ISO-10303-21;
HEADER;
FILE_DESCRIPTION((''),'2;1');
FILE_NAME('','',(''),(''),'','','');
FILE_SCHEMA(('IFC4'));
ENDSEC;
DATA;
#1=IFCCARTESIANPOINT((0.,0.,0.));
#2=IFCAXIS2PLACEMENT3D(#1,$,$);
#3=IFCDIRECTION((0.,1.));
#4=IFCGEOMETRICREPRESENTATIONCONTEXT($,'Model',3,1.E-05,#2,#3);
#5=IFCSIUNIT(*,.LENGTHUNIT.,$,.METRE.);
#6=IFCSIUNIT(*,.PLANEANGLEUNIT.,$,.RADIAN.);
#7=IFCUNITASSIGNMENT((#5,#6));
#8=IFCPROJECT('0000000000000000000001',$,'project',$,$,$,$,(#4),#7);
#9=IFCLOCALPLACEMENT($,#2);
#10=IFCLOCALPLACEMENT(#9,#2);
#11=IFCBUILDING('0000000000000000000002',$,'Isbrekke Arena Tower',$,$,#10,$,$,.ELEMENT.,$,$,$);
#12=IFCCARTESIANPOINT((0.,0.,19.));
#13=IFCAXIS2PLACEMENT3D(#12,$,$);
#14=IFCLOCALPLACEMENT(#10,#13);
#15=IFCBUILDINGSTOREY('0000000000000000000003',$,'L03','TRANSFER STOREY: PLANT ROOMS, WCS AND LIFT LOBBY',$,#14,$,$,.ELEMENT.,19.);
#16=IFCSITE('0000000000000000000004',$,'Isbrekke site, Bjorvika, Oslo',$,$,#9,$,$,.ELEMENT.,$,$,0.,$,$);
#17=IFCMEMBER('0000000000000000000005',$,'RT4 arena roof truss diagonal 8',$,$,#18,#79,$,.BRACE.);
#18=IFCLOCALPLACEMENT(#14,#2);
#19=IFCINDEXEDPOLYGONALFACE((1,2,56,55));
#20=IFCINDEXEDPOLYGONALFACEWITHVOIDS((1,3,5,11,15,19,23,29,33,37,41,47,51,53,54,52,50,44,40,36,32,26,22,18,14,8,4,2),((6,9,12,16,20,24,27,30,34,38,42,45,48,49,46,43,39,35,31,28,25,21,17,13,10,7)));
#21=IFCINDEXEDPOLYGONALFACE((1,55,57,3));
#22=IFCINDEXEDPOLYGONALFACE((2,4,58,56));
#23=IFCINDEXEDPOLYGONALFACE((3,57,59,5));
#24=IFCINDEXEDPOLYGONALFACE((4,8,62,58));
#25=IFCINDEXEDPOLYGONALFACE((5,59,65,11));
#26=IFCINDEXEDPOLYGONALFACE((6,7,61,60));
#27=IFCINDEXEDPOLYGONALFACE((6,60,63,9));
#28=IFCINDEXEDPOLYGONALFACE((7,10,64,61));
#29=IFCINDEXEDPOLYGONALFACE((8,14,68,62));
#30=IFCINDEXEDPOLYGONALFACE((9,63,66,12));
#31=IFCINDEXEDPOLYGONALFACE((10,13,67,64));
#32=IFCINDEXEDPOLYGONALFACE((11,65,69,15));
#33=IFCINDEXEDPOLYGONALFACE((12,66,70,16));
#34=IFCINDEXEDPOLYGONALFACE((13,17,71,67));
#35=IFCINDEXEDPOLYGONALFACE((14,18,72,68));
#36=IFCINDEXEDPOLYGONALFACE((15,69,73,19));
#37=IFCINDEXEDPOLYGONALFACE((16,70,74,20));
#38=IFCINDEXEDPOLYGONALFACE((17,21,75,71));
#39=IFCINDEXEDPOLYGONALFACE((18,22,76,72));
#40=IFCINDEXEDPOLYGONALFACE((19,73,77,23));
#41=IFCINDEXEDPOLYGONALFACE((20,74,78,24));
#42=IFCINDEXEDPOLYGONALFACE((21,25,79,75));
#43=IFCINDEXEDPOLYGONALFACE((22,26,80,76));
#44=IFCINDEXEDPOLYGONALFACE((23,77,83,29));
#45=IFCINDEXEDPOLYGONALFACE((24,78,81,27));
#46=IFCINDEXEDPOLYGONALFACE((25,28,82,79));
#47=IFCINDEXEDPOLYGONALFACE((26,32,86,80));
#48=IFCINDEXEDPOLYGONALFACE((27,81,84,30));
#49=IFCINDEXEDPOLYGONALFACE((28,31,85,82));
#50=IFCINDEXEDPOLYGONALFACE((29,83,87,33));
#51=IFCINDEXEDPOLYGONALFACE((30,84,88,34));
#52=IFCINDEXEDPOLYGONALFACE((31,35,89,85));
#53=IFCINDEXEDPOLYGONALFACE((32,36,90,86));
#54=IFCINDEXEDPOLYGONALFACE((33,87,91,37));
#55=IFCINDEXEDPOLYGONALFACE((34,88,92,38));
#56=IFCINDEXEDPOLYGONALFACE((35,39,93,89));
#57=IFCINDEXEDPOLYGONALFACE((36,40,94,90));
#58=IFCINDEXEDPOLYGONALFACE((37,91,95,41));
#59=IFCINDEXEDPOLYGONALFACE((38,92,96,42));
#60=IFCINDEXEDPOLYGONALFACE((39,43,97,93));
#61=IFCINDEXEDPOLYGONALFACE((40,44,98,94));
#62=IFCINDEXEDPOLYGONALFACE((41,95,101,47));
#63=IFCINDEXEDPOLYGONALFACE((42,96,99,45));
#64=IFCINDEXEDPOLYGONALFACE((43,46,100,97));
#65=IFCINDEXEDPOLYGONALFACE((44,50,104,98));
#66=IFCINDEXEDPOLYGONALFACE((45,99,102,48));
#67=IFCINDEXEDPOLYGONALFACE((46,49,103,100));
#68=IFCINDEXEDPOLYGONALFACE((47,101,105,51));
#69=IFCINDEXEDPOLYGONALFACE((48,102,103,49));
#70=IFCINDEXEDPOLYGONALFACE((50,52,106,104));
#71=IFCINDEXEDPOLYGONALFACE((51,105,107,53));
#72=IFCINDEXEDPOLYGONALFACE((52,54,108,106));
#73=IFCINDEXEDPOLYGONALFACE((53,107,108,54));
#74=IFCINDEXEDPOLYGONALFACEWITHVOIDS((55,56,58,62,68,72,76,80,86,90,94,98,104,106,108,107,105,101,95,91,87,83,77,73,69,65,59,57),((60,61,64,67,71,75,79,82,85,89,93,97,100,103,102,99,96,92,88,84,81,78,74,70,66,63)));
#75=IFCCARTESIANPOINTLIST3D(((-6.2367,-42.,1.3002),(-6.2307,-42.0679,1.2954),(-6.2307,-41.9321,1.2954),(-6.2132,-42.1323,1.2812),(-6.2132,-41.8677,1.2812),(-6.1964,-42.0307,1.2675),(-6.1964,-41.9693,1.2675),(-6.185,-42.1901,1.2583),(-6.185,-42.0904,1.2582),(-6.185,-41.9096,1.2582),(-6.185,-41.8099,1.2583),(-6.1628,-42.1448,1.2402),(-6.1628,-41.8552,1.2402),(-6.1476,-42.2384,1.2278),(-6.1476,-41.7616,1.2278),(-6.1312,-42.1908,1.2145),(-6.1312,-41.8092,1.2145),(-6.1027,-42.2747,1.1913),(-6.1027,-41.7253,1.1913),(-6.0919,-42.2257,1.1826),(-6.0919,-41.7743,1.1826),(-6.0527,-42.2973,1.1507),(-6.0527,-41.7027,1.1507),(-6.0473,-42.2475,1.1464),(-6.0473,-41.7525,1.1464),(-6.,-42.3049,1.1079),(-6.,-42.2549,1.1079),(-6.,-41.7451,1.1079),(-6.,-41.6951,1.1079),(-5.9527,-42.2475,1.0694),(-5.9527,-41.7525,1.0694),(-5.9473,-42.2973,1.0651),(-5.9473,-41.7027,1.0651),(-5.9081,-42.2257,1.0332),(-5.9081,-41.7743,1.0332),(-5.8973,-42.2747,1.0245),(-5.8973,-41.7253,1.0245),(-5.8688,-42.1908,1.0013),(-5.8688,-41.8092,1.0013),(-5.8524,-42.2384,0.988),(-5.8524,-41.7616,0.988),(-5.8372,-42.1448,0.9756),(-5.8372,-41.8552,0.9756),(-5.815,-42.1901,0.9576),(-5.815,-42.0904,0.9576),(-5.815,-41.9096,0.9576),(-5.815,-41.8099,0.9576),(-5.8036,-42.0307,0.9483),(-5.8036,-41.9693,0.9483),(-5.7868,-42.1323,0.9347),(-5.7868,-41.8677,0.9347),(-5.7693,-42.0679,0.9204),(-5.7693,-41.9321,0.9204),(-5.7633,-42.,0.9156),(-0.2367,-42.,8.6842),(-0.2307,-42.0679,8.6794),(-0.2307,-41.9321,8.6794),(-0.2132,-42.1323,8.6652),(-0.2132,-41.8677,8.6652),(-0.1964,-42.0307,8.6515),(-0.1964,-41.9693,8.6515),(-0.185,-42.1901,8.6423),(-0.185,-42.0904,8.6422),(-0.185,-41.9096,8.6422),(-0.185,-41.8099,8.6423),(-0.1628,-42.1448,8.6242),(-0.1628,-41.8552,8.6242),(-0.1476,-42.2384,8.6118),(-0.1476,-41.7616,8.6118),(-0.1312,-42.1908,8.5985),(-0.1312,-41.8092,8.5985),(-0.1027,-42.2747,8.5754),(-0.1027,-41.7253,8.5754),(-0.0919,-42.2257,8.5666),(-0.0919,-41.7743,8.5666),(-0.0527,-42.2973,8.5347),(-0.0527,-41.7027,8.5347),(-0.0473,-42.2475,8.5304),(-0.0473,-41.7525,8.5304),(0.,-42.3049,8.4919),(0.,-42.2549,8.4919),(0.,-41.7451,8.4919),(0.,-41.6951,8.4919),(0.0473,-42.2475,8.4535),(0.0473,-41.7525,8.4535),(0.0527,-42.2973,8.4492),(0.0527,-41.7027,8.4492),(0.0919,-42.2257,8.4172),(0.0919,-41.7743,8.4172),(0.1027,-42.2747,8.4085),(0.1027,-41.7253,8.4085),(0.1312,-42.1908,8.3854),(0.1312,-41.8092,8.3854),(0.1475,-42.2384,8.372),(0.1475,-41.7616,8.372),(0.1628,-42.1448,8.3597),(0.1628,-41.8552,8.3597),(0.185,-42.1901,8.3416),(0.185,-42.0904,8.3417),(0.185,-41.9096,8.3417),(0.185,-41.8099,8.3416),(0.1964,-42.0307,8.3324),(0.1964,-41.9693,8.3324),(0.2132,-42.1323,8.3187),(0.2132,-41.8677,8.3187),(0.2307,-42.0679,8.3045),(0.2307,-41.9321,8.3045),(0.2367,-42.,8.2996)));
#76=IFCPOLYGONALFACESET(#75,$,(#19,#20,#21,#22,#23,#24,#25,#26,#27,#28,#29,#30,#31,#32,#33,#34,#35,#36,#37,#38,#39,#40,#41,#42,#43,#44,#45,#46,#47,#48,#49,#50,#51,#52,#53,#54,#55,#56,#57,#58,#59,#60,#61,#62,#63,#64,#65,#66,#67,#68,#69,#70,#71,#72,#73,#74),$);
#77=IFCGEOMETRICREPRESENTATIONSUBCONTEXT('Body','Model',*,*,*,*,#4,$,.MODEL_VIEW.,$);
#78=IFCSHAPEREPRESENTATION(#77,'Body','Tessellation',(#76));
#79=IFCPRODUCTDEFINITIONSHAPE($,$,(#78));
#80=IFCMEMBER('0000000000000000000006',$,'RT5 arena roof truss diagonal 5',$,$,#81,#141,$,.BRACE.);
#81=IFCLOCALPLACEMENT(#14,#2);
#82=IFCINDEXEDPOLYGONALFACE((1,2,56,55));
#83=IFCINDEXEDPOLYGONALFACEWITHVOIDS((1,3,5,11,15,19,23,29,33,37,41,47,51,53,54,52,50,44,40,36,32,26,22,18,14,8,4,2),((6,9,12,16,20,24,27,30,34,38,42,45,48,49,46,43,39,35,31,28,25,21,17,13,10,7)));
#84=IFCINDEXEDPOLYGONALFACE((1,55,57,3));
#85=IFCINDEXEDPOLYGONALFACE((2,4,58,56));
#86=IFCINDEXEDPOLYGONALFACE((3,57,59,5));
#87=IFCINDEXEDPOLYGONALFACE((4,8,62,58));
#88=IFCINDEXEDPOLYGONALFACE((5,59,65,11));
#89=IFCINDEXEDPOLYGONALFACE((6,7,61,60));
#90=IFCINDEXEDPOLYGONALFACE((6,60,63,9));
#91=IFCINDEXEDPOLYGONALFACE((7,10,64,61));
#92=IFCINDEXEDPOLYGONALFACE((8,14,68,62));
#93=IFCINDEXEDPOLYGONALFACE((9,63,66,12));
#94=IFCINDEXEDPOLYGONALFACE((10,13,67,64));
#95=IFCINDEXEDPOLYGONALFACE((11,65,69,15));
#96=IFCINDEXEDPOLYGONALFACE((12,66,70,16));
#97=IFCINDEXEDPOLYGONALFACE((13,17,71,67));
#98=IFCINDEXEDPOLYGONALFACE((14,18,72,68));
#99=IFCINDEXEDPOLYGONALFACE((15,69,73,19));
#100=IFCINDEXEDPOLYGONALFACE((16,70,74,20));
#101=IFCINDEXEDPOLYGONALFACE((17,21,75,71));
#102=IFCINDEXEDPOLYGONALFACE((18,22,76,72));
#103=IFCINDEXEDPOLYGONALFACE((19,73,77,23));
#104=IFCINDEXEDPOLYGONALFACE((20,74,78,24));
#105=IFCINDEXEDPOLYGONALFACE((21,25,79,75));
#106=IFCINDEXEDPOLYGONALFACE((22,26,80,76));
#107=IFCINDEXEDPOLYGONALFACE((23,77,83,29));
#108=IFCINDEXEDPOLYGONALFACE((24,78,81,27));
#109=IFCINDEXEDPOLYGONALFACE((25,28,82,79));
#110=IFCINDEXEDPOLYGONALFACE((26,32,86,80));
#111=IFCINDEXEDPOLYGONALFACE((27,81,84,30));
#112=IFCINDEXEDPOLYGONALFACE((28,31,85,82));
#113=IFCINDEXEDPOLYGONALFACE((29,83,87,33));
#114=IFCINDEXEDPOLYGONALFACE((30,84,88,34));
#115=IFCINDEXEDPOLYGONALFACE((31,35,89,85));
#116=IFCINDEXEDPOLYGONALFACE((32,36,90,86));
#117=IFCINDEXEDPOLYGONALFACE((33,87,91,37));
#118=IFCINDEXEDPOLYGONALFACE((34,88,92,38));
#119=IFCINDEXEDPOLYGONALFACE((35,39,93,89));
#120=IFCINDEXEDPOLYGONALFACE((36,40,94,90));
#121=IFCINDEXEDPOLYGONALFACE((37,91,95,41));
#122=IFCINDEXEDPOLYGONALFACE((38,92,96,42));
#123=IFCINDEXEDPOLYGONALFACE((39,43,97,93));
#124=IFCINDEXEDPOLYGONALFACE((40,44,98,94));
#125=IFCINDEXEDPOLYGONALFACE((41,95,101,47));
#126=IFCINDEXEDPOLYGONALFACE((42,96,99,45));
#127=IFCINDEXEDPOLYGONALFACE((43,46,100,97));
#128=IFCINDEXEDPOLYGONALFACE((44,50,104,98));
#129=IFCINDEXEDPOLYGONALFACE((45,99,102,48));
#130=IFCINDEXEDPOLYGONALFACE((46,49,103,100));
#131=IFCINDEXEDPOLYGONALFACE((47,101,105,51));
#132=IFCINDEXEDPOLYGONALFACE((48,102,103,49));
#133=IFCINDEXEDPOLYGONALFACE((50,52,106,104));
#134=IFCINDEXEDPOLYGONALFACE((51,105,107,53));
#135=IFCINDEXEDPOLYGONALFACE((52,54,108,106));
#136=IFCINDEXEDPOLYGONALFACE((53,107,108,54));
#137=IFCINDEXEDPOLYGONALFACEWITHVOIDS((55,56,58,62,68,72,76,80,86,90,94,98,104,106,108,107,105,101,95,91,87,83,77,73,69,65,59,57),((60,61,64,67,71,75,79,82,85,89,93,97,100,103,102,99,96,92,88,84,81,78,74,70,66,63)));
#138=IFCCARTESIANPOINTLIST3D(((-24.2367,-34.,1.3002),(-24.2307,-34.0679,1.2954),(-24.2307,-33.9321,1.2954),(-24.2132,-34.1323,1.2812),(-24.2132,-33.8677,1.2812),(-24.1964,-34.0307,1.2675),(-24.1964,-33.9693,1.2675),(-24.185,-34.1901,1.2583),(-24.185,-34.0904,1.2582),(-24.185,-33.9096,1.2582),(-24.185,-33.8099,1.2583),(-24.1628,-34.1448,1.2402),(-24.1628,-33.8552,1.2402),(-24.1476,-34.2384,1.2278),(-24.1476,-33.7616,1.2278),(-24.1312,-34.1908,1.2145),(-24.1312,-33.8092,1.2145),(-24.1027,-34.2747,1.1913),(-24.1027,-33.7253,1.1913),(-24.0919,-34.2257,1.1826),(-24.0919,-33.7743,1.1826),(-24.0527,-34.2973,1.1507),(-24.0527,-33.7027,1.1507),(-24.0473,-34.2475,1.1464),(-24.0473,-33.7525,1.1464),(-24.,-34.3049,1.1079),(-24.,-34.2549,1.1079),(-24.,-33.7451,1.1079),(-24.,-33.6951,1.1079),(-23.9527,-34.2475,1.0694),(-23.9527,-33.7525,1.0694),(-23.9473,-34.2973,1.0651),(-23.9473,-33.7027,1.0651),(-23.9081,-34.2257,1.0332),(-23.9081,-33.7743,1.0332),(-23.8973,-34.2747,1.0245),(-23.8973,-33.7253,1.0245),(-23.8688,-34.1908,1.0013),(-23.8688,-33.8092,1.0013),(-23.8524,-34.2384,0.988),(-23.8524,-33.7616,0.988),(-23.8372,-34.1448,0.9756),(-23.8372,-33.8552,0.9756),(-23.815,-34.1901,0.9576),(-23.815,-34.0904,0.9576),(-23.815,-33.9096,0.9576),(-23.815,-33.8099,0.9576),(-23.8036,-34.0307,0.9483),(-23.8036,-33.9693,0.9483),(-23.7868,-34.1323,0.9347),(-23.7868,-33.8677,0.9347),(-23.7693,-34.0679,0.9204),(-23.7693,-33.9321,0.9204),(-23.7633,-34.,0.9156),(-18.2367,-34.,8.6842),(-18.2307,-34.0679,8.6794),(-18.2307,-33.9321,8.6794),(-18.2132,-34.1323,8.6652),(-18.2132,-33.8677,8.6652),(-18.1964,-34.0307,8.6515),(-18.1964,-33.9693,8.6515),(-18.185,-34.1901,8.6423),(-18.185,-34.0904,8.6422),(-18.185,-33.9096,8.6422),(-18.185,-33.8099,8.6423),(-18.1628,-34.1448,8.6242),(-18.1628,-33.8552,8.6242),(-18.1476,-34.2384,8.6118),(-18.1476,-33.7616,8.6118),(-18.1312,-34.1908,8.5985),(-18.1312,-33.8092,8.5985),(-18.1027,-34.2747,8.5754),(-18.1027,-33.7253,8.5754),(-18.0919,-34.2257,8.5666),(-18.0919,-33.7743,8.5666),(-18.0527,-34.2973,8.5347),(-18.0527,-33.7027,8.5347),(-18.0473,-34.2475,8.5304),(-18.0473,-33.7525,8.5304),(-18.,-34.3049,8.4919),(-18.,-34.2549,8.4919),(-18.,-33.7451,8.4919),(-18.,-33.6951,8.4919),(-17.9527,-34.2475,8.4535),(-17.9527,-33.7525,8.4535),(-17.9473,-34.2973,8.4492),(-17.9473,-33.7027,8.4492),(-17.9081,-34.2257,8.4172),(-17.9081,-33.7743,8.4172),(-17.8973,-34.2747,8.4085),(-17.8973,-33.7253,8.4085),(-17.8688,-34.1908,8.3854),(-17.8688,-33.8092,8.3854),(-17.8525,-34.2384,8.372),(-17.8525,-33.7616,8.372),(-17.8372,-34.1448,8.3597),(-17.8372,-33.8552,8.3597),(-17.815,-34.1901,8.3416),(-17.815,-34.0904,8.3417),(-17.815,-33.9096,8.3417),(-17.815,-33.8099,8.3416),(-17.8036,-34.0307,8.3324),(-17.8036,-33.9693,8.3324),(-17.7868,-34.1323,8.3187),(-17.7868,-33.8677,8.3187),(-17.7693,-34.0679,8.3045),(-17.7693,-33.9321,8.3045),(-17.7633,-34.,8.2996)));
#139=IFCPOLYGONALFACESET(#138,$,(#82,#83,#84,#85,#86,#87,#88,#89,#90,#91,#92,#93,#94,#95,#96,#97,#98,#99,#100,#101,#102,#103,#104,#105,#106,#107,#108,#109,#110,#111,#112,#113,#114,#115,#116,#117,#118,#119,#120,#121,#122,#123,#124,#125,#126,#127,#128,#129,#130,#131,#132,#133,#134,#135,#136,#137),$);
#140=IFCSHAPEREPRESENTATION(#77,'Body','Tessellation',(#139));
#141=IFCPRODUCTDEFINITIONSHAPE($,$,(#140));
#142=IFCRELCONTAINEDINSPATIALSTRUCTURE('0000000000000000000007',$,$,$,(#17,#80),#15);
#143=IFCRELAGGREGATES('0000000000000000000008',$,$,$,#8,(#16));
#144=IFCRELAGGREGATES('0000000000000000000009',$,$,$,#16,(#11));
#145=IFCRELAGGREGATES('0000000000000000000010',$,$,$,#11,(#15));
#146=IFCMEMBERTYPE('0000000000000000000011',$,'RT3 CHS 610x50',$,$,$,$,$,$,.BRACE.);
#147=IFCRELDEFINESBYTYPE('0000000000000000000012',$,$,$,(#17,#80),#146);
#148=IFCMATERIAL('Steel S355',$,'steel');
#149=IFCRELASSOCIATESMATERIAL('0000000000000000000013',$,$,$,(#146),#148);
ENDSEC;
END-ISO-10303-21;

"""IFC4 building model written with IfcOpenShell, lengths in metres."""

from ifc_helpers import new_model, si_unit, direction, frame, origin, origin_2d, place, context, subcontext, project, spatial, hollow_circle, extrude, material, material_profile, profile_set, type_object, element, save


model = new_model("IFC4")

# Units and contexts
model_context = context("Model", 3, precision=1e-05, world=origin(), true_north=direction((0.0, 1.0)))
body_context = subcontext(model_context, "Body", "Model", "MODEL_VIEW")
ifc_project = project(units=[si_unit("LENGTHUNIT", "METRE"), si_unit("PLANEANGLEUNIT", "RADIAN")], contexts=[model_context])

# Site, building, storey
site_placement = place(None, origin())
site = spatial("IfcSite", under=ifc_project, at=site_placement, Name="Isbrekke site, Bjorvika, Oslo", CompositionType="ELEMENT", RefElevation=0.0)
building_placement = place(site_placement, origin())
building = spatial("IfcBuilding", under=site, at=building_placement, Name="Isbrekke Arena Tower", CompositionType="ELEMENT")
storey_placement = place(building_placement, frame((0.0, 0.0, 19.0)))
storey = spatial("IfcBuildingStorey", under=building, at=storey_placement, Name="L03", Description="TRANSFER STOREY: PLANT ROOMS, WCS AND LIFT LOBBY", CompositionType="ELEMENT", Elevation=19.0)

# Members
ifc_material_1 = material(Name="Steel S355", Category="steel")
ifc_material_profile_1 = material_profile(ifc_material_1, hollow_circle(Radius=0.3049, WallThickness=0.05, at=origin_2d()), Name="CHS 610x50")
ifc_profile_set_1 = profile_set([ifc_material_profile_1], Name="Steel S355")
member_type_1 = type_object("IfcMemberType", Name="RT3 CHS 610x50", PredefinedType="BRACE", material=ifc_profile_set_1)
for number, where, z_axis, x_axis, name in (
    (1, (-6.0, -42.0, 1.1079), (0.630623, 0.0, 0.77609), (0.0, 1.0, 0.0), "RT4 arena roof truss diagonal 8"),
    (2, (-24.0, -34.0, 1.1079), (0.630623, 0.0, 0.77609), (0.0, 1.0, 0.0), "RT5 arena roof truss diagonal 5"),
):
    element("IfcMember", number, at=place(storey_placement, frame(where, z_axis=z_axis, x_axis=x_axis)), inside=storey, type_object=member_type_1, Name=name, PredefinedType="BRACE", context=body_context, shape_type="SweptSolid", body=[
        extrude(hollow_circle(Radius=0.3049, WallThickness=0.05, at=origin_2d()), origin(), (0.0, 0.0, 1.0), 9.5144),
    ])

save(model, "model.ifc")
